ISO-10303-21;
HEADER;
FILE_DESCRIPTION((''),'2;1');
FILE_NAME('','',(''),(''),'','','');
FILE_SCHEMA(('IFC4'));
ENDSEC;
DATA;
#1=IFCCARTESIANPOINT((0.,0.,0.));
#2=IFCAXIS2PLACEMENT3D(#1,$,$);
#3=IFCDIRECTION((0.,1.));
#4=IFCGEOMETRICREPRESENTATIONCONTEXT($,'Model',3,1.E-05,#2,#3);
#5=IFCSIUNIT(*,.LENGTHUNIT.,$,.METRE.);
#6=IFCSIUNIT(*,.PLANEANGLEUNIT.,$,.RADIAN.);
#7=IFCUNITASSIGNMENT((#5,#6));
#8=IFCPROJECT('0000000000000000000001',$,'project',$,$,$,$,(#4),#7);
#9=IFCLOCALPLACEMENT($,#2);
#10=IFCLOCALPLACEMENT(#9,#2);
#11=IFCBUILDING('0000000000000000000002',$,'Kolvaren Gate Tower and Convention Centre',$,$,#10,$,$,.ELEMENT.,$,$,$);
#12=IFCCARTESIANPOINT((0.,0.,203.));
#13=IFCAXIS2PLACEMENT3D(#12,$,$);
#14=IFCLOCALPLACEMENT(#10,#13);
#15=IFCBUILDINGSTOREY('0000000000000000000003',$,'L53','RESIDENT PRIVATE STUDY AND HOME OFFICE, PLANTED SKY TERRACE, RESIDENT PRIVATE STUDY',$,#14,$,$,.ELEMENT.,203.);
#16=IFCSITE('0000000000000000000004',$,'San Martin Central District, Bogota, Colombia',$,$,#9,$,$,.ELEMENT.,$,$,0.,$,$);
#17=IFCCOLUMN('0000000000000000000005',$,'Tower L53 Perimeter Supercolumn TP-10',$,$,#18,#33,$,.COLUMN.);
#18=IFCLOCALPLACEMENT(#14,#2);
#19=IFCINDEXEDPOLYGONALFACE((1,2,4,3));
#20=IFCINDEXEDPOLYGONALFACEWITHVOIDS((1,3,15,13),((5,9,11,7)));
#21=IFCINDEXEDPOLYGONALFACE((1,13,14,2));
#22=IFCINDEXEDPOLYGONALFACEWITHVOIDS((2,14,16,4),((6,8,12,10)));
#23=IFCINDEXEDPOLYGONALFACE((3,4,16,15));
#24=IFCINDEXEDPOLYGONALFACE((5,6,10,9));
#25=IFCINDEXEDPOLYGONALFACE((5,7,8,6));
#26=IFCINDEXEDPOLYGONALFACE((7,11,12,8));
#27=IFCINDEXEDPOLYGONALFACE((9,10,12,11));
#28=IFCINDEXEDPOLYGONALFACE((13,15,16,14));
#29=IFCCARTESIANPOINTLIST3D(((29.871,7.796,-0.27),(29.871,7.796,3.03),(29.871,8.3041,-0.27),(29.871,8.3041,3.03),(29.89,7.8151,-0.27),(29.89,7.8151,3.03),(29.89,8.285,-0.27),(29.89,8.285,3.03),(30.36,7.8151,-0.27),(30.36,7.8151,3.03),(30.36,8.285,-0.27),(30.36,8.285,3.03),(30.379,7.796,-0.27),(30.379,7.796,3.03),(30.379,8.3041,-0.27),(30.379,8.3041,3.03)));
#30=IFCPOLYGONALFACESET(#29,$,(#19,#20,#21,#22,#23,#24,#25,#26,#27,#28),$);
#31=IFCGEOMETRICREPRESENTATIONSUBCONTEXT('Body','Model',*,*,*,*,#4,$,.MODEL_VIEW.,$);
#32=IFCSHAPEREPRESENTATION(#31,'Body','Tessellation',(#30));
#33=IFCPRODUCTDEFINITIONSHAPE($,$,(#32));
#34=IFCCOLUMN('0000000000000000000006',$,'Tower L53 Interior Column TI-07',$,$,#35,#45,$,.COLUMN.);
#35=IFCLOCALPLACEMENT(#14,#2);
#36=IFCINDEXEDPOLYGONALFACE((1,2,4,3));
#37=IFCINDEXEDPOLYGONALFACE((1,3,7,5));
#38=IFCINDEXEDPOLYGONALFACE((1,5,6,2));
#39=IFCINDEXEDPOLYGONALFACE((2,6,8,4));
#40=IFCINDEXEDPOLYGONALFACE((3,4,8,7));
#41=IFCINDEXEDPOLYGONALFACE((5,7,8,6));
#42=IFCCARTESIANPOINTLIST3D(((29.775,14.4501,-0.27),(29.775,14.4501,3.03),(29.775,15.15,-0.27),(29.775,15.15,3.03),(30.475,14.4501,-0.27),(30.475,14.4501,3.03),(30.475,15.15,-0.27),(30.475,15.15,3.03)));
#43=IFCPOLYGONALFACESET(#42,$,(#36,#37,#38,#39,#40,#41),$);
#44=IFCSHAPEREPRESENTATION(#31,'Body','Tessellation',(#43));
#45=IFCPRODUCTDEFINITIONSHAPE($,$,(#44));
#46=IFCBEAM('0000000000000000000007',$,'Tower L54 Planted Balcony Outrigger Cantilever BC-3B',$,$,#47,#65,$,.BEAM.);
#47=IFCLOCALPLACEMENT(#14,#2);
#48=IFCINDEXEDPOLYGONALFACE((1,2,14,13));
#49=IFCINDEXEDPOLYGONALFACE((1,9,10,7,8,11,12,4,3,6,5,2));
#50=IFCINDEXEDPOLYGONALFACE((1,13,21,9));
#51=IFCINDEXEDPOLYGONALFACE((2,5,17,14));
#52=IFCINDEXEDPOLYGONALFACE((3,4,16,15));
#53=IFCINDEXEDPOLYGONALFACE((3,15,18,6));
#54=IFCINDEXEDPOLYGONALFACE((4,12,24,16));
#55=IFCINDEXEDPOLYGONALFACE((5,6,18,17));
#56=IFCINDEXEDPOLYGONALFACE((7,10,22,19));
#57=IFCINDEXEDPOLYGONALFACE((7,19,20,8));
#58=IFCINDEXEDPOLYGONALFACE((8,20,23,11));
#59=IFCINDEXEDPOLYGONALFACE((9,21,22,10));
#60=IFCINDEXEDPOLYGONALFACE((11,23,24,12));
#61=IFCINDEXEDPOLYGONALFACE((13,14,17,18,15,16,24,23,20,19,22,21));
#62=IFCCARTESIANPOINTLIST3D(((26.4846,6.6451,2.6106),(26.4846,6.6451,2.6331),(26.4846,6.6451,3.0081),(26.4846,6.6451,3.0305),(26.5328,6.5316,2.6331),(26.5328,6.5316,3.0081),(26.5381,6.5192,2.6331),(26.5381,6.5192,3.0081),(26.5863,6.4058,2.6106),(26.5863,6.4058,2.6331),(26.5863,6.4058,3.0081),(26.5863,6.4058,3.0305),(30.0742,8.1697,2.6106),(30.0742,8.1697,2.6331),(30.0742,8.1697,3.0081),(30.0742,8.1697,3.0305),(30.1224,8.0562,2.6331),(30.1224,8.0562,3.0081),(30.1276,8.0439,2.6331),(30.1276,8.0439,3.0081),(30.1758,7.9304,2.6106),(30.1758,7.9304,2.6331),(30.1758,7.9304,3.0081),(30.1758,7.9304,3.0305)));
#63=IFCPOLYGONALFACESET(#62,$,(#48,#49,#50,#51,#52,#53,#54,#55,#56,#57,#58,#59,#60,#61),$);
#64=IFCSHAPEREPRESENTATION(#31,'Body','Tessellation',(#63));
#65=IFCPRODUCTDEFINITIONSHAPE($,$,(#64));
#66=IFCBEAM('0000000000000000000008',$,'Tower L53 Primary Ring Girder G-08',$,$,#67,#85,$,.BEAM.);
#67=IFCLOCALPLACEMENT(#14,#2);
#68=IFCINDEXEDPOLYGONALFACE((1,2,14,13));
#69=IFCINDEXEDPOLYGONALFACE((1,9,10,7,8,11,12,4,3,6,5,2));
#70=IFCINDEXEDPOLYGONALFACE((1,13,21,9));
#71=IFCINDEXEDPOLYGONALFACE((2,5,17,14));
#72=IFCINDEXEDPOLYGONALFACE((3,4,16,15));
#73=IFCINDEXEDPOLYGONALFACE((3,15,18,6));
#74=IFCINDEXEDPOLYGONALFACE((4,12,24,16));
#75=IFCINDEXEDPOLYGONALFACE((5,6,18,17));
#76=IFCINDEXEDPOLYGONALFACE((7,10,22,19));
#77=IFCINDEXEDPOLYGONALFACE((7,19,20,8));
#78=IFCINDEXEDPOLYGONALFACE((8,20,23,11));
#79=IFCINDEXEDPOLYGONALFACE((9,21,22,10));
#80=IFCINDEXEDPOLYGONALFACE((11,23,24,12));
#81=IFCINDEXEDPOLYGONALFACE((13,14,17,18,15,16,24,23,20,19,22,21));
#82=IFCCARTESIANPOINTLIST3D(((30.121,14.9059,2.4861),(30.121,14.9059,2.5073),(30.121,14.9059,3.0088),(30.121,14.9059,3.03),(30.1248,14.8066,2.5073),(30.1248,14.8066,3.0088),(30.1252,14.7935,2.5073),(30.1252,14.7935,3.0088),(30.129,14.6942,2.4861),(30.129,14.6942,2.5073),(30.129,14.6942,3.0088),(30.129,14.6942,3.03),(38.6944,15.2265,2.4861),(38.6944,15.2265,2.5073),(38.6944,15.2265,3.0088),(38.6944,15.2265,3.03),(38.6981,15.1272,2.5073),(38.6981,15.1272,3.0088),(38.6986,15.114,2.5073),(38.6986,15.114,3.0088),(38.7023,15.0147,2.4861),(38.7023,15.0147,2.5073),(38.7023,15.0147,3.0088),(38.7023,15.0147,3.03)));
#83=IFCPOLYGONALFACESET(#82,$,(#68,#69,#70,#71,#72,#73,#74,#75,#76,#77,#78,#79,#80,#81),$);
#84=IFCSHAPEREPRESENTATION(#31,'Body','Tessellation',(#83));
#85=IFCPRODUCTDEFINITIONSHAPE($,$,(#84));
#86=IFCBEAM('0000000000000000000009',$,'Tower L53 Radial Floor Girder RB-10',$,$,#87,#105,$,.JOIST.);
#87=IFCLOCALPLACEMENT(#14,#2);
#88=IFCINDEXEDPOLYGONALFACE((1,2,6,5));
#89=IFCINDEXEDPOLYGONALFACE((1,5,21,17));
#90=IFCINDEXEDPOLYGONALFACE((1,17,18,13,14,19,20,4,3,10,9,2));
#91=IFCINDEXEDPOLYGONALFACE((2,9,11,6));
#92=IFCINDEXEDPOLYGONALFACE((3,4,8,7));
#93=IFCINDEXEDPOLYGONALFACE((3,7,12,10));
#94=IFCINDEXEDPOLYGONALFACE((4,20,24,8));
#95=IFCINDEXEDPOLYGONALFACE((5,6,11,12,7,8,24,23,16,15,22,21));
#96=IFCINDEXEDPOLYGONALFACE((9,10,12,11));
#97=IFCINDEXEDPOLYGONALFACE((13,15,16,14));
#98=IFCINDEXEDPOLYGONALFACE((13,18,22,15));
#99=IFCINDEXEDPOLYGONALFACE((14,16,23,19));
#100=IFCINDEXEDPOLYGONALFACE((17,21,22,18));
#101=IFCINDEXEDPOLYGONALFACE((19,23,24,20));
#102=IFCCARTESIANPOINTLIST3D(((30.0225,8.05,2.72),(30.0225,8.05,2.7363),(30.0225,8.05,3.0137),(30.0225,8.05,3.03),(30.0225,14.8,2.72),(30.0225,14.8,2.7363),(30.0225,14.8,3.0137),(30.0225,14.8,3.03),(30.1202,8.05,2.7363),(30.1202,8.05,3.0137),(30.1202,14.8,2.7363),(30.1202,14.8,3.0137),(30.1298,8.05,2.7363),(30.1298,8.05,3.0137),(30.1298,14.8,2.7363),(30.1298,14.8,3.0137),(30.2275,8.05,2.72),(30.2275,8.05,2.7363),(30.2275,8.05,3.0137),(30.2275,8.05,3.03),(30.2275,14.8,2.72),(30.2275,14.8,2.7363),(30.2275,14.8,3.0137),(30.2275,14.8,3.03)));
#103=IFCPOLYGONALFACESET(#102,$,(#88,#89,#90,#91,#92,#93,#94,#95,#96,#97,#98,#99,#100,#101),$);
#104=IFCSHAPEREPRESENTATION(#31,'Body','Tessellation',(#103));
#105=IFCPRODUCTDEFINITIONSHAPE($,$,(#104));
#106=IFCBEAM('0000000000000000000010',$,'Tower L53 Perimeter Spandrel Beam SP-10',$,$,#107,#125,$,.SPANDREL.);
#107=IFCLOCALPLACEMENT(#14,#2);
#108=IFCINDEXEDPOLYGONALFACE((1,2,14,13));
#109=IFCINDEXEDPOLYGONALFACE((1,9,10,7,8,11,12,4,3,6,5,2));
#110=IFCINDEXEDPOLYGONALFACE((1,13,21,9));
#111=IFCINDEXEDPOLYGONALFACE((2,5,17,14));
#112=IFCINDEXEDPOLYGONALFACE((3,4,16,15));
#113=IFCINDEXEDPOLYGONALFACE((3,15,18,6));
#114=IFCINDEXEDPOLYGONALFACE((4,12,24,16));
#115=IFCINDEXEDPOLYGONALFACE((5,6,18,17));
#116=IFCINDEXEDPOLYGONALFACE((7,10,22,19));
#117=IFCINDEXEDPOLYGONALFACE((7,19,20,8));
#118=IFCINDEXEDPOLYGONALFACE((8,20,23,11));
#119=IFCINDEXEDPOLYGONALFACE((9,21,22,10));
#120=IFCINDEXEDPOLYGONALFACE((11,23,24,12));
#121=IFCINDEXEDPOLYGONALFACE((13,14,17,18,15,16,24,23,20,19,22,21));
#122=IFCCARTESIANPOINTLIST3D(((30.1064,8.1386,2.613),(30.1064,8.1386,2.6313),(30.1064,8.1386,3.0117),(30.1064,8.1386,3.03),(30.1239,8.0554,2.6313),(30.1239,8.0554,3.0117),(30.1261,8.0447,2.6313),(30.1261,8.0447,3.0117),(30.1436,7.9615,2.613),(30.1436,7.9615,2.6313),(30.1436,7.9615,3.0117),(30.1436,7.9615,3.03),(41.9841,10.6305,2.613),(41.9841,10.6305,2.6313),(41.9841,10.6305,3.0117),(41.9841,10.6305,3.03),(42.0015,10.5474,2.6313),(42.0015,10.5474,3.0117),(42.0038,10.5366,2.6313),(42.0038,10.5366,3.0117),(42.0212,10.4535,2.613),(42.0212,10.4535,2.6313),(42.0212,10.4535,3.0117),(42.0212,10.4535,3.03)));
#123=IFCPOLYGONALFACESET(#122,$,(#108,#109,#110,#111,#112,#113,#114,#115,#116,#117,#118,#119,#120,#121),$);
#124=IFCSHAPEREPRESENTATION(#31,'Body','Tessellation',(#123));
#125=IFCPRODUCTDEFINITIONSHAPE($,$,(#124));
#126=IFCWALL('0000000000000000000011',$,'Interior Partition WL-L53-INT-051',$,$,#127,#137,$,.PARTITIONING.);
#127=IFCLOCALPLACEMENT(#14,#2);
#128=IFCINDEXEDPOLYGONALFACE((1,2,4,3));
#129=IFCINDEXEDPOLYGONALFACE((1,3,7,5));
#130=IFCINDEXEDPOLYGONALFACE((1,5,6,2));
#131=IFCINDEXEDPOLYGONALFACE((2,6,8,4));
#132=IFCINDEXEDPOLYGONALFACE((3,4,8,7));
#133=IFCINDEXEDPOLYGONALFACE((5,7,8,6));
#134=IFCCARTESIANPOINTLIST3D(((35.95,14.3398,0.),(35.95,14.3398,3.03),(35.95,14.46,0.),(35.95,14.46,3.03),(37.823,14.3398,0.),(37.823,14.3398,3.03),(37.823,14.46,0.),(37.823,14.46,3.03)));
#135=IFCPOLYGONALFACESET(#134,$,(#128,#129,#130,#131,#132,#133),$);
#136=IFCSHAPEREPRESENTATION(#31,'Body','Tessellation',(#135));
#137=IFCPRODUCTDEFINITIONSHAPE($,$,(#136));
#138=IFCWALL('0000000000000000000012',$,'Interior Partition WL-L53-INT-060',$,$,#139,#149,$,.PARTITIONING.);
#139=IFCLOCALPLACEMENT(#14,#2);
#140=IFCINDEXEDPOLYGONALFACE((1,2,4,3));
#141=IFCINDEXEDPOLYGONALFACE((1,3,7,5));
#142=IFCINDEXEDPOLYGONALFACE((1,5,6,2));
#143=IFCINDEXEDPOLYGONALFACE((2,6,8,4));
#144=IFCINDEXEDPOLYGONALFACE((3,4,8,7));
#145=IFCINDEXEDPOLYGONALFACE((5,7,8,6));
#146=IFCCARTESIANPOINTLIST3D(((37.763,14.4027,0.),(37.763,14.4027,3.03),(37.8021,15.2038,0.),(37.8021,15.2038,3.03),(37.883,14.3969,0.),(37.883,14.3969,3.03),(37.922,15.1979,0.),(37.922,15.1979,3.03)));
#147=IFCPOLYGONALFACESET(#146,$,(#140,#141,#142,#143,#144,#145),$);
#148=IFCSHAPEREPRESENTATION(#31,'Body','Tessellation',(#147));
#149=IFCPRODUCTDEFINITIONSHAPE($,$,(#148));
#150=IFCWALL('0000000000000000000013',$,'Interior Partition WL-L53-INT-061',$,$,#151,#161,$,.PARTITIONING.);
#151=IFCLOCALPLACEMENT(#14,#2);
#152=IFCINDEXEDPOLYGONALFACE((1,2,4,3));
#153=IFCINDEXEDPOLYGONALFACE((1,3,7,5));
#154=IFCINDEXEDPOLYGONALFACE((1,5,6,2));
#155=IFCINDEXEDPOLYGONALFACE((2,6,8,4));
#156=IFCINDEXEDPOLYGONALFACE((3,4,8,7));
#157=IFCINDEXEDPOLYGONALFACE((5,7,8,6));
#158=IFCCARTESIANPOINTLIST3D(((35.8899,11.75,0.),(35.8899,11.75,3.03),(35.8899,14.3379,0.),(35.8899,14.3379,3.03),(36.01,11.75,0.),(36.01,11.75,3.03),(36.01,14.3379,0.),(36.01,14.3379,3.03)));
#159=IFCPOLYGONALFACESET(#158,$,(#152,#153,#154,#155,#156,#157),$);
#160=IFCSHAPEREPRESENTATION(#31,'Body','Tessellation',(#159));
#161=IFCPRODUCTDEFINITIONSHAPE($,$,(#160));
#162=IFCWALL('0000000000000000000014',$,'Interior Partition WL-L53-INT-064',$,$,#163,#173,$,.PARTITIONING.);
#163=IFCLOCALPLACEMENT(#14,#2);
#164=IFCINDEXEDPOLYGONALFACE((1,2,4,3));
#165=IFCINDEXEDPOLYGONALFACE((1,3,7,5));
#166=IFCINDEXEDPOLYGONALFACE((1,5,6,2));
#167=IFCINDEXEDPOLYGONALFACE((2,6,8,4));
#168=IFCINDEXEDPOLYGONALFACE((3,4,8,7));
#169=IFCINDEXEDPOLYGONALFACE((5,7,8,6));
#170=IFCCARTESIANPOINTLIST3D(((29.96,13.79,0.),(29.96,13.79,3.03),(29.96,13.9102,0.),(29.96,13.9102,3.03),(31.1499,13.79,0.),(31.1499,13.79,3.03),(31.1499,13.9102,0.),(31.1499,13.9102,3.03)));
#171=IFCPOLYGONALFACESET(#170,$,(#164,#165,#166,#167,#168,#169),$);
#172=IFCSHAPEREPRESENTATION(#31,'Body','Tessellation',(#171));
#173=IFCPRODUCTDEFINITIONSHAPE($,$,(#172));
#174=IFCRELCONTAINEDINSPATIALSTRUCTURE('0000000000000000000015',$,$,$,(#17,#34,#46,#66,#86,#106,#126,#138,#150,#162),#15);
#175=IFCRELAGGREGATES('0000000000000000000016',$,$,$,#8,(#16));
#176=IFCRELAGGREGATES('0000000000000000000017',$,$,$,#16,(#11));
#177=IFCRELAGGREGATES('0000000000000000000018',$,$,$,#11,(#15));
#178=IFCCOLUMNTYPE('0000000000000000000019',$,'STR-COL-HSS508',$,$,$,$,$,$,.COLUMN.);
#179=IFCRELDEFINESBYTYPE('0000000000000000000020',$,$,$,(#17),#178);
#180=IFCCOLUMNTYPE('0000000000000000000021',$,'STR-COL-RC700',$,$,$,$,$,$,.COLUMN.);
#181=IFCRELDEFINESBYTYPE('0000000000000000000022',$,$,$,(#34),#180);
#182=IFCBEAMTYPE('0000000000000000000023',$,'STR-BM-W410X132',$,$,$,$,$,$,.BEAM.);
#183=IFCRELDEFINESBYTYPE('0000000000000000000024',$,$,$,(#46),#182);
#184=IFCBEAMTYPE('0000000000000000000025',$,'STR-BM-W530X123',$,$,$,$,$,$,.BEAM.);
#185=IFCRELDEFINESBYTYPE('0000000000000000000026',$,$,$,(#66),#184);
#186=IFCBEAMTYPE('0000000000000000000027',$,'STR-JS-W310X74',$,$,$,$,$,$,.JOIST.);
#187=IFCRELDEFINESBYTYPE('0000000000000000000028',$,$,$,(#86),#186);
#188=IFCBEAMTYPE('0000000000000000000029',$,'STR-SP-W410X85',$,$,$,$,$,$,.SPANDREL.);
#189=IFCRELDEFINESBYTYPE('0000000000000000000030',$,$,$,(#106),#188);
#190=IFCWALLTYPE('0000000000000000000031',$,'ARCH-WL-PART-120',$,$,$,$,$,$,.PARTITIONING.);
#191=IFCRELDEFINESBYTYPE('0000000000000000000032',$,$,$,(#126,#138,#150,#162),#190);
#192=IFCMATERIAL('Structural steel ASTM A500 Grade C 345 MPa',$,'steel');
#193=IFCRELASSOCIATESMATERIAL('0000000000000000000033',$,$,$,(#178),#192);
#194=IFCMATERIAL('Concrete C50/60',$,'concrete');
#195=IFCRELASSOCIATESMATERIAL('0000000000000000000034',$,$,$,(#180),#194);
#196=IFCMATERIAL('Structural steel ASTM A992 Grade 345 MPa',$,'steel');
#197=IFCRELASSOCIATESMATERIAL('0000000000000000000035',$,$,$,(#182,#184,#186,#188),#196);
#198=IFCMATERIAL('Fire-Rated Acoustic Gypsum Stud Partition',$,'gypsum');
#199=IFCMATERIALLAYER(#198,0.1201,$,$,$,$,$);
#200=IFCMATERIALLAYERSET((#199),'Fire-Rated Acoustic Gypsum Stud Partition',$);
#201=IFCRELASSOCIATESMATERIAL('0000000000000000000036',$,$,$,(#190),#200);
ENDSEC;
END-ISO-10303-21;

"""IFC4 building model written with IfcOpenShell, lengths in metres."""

from ifc_helpers import new_model, si_unit, direction, frame, frame_2d, origin, origin_2d, place, context, subcontext, project, spatial, rectangle, hollow_rectangle, i_section, extrude, material, layer, layer_set, material_profile, profile_set, type_object, element, save


model = new_model("IFC4")

# Units and contexts
model_context = context("Model", 3, precision=1e-05, world=origin(), true_north=direction((0.0, 1.0)))
body_context = subcontext(model_context, "Body", "Model", "MODEL_VIEW")
ifc_project = project(units=[si_unit("LENGTHUNIT", "METRE"), si_unit("PLANEANGLEUNIT", "RADIAN")], contexts=[model_context])

# Site, building, storey
site_placement = place(None, origin())
site = spatial("IfcSite", under=ifc_project, at=site_placement, Name="San Martin Central District, Bogota, Colombia", CompositionType="ELEMENT", RefElevation=0.0)
building_placement = place(site_placement, origin())
building = spatial("IfcBuilding", under=site, at=building_placement, Name="Kolvaren Gate Tower and Convention Centre", CompositionType="ELEMENT")
storey_placement = place(building_placement, frame((0.0, 0.0, 203.0)))
storey = spatial("IfcBuildingStorey", under=building, at=storey_placement, Name="L53", Description="RESIDENT PRIVATE STUDY AND HOME OFFICE, PLANTED SKY TERRACE, RESIDENT PRIVATE STUDY", CompositionType="ELEMENT", Elevation=203.0)

# Columns
ifc_material_1 = material(Name="Structural steel ASTM A500 Grade C 345 MPa", Category="steel")
ifc_material_profile_1 = material_profile(ifc_material_1, hollow_rectangle(XDim=0.5081, YDim=0.5081, WallThickness=0.019, at=origin_2d()), Name="HSS508X508X19.1")
ifc_profile_set_1 = profile_set([ifc_material_profile_1], Name="Structural steel ASTM A500 Grade C 345 MPa")
column_type_1 = type_object("IfcColumnType", Name="STR-COL-HSS508", PredefinedType="COLUMN", material=ifc_profile_set_1)
column_1_placement = place(storey_placement, frame((30.125, 8.05, -0.27), z_axis=(0.0, 0.0, 1.0), x_axis=(1.0, 0.0, 0.0)))
element("IfcColumn", 1, at=column_1_placement, inside=storey, type_object=column_type_1, Name="Tower L53 Perimeter Supercolumn TP-10", PredefinedType="COLUMN", context=body_context, shape_type="SweptSolid", body=[
    extrude(hollow_rectangle(XDim=0.5081, YDim=0.5081, WallThickness=0.019, at=origin_2d()), origin(), (0.0, 0.0, 1.0), 3.3),
])
ifc_material_2 = material(Name="Concrete C50/60", Category="concrete")
ifc_material_profile_2 = material_profile(ifc_material_2, rectangle(XDim=0.7, YDim=0.7, at=origin_2d()), Name="RC-COL-700X700")
ifc_profile_set_2 = profile_set([ifc_material_profile_2], Name="Concrete C50/60")
column_type_2 = type_object("IfcColumnType", Name="STR-COL-RC700", PredefinedType="COLUMN", material=ifc_profile_set_2)
column_2_placement = place(storey_placement, frame((30.125, 14.8, -0.27), z_axis=(0.0, 0.0, 1.0), x_axis=(1.0, 0.0, 0.0)))
element("IfcColumn", 2, at=column_2_placement, inside=storey, type_object=column_type_2, Name="Tower L53 Interior Column TI-07", PredefinedType="COLUMN", context=body_context, shape_type="SweptSolid", body=[
    extrude(rectangle(XDim=0.7, YDim=0.7, at=origin_2d()), origin(), (0.0, 0.0, 1.0), 3.3),
])

# Beams
ifc_material_3 = material(Name="Structural steel ASTM A992 Grade 345 MPa", Category="steel")
ifc_material_profile_3 = material_profile(ifc_material_3, i_section(OverallWidth=0.26, OverallDepth=0.4199, WebThickness=0.0134, FlangeThickness=0.0225, at=origin_2d()), Name="W410X132")
ifc_profile_set_3 = profile_set([ifc_material_profile_3], Name="Structural steel ASTM A992 Grade 345 MPa")
beam_type_1 = type_object("IfcBeamType", Name="STR-BM-W410X132", PredefinedType="BEAM", material=ifc_profile_set_3)
beam_1_placement = place(storey_placement, frame((30.125, 8.05, 2.8206), z_axis=(-0.920416, -0.39094, 0.0), x_axis=(0.39094, -0.920416, 0.0)))
element("IfcBeam", 3, at=beam_1_placement, inside=storey, type_object=beam_type_1, Name="Tower L54 Planted Balcony Outrigger Cantilever BC-3B", PredefinedType="BEAM", context=body_context, shape_type="SweptSolid", body=[
    extrude(i_section(OverallWidth=0.26, OverallDepth=0.4199, WebThickness=0.0134, FlangeThickness=0.0225, at=origin_2d()), origin(), (0.0, 0.0, 1.0), 3.8999),
])
ifc_material_profile_4 = material_profile(ifc_material_3, i_section(OverallWidth=0.2119, OverallDepth=0.5439, WebThickness=0.0132, FlangeThickness=0.0212, at=origin_2d()), Name="W530X123")
ifc_profile_set_4 = profile_set([ifc_material_profile_4], Name="Structural steel ASTM A992 Grade 345 MPa")
beam_type_2 = type_object("IfcBeamType", Name="STR-BM-W530X123", PredefinedType="BEAM", material=ifc_profile_set_4)
beam_2_placement = place(storey_placement, frame((30.125, 14.8, 2.7581), z_axis=(0.999302, 0.037364, 0.0), x_axis=(-0.037364, 0.999302, 0.0)))
element("IfcBeam", 4, at=beam_2_placement, inside=storey, type_object=beam_type_2, Name="Tower L53 Primary Ring Girder G-08", PredefinedType="BEAM", context=body_context, shape_type="SweptSolid", body=[
    extrude(i_section(OverallWidth=0.2119, OverallDepth=0.5439, WebThickness=0.0132, FlangeThickness=0.0212, at=origin_2d()), origin(), (0.0, 0.0, 1.0), 8.5793),
])
ifc_material_profile_5 = material_profile(ifc_material_3, i_section(OverallWidth=0.2051, OverallDepth=0.3101, WebThickness=0.0095, FlangeThickness=0.0164, at=origin_2d()), Name="W310X74")
ifc_profile_set_5 = profile_set([ifc_material_profile_5], Name="Structural steel ASTM A992 Grade 345 MPa")
beam_type_3 = type_object("IfcBeamType", Name="STR-JS-W310X74", PredefinedType="JOIST", material=ifc_profile_set_5)
beam_3_placement = place(storey_placement, frame((30.125, 14.8, 2.875), z_axis=(0.0, -1.0, 0.0), x_axis=(1.0, 0.0, 0.0)))
element("IfcBeam", 5, at=beam_3_placement, inside=storey, type_object=beam_type_3, Name="Tower L53 Radial Floor Girder RB-10", PredefinedType="JOIST", context=body_context, shape_type="SweptSolid", body=[
    extrude(i_section(OverallWidth=0.2051, OverallDepth=0.3101, WebThickness=0.0095, FlangeThickness=0.0164, at=origin_2d()), origin(), (0.0, 0.0, 1.0), 6.75),
])
ifc_material_profile_6 = material_profile(ifc_material_3, i_section(OverallWidth=0.1809, OverallDepth=0.417, WebThickness=0.011, FlangeThickness=0.0183, at=origin_2d()), Name="W410X85")
ifc_profile_set_6 = profile_set([ifc_material_profile_6], Name="Structural steel ASTM A992 Grade 345 MPa")
beam_type_4 = type_object("IfcBeamType", Name="STR-SP-W410X85", PredefinedType="SPANDREL", material=ifc_profile_set_6)
beam_4_placement = place(storey_placement, frame((30.125, 8.05, 2.8215), z_axis=(0.978693, 0.20533, 0.0), x_axis=(-0.20533, 0.978693, 0.0)))
element("IfcBeam", 6, at=beam_4_placement, inside=storey, type_object=beam_type_4, Name="Tower L53 Perimeter Spandrel Beam SP-10", PredefinedType="SPANDREL", context=body_context, shape_type="SweptSolid", body=[
    extrude(i_section(OverallWidth=0.1809, OverallDepth=0.417, WebThickness=0.011, FlangeThickness=0.0183, at=origin_2d()), origin(), (0.0, 0.0, 1.0), 12.1362),
])

# Walls
ifc_material_4 = material(Name="Fire-Rated Acoustic Gypsum Stud Partition", Category="gypsum")
ifc_layer_1 = layer(ifc_material_4, 0.1201)
ifc_layer_set_1 = layer_set([ifc_layer_1], Name="Fire-Rated Acoustic Gypsum Stud Partition")
wall_type_1 = type_object("IfcWallType", Name="ARCH-WL-PART-120", PredefinedType="PARTITIONING", material=ifc_layer_set_1)
wall_1_placement = place(storey_placement, frame((35.95, 14.3999, 0.0), z_axis=(0.0, 0.0, 1.0), x_axis=(1.0, 0.0, 0.0)))
element("IfcWall", 7, at=wall_1_placement, inside=storey, type_object=wall_type_1, Name="Interior Partition WL-L53-INT-051", PredefinedType="PARTITIONING", context=body_context, shape_type="SweptSolid", body=[
    extrude(rectangle(XDim=1.873, YDim=0.1201, at=frame_2d((0.9365, 0.0))), origin(), (0.0, 0.0, 1.0), 3.03),
])
wall_2_placement = place(storey_placement, frame((37.823, 14.3999, 0.0), z_axis=(0.0, 0.0, 1.0), x_axis=(0.048708, 0.998813, 0.0)))
element("IfcWall", 8, at=wall_2_placement, inside=storey, type_object=wall_type_1, Name="Interior Partition WL-L53-INT-060", PredefinedType="PARTITIONING", context=body_context, shape_type="SweptSolid", body=[
    extrude(rectangle(XDim=0.802, YDim=0.1201, at=frame_2d((0.4009, 0.0))), origin(), (0.0, 0.0, 1.0), 3.03),
])
wall_3_placement = place(storey_placement, frame((35.95, 11.75, 0.0), z_axis=(0.0, 0.0, 1.0), x_axis=(0.0, 1.0, 0.0)))
element("IfcWall", 9, at=wall_3_placement, inside=storey, type_object=wall_type_1, Name="Interior Partition WL-L53-INT-061", PredefinedType="PARTITIONING", context=body_context, shape_type="SweptSolid", body=[
    extrude(rectangle(XDim=2.5879, YDim=0.1201, at=frame_2d((1.2939, 0.0))), origin(), (0.0, 0.0, 1.0), 3.03),
])
wall_4_placement = place(storey_placement, frame((29.96, 13.8501, 0.0), z_axis=(0.0, 0.0, 1.0), x_axis=(1.0, 0.0, 0.0)))
element("IfcWall", 10, at=wall_4_placement, inside=storey, type_object=wall_type_1, Name="Interior Partition WL-L53-INT-064", PredefinedType="PARTITIONING", context=body_context, shape_type="SweptSolid", body=[
    extrude(rectangle(XDim=1.1899, YDim=0.1201, at=frame_2d((0.595, 0.0))), origin(), (0.0, 0.0, 1.0), 3.03),
])

save(model, "model.ifc")
